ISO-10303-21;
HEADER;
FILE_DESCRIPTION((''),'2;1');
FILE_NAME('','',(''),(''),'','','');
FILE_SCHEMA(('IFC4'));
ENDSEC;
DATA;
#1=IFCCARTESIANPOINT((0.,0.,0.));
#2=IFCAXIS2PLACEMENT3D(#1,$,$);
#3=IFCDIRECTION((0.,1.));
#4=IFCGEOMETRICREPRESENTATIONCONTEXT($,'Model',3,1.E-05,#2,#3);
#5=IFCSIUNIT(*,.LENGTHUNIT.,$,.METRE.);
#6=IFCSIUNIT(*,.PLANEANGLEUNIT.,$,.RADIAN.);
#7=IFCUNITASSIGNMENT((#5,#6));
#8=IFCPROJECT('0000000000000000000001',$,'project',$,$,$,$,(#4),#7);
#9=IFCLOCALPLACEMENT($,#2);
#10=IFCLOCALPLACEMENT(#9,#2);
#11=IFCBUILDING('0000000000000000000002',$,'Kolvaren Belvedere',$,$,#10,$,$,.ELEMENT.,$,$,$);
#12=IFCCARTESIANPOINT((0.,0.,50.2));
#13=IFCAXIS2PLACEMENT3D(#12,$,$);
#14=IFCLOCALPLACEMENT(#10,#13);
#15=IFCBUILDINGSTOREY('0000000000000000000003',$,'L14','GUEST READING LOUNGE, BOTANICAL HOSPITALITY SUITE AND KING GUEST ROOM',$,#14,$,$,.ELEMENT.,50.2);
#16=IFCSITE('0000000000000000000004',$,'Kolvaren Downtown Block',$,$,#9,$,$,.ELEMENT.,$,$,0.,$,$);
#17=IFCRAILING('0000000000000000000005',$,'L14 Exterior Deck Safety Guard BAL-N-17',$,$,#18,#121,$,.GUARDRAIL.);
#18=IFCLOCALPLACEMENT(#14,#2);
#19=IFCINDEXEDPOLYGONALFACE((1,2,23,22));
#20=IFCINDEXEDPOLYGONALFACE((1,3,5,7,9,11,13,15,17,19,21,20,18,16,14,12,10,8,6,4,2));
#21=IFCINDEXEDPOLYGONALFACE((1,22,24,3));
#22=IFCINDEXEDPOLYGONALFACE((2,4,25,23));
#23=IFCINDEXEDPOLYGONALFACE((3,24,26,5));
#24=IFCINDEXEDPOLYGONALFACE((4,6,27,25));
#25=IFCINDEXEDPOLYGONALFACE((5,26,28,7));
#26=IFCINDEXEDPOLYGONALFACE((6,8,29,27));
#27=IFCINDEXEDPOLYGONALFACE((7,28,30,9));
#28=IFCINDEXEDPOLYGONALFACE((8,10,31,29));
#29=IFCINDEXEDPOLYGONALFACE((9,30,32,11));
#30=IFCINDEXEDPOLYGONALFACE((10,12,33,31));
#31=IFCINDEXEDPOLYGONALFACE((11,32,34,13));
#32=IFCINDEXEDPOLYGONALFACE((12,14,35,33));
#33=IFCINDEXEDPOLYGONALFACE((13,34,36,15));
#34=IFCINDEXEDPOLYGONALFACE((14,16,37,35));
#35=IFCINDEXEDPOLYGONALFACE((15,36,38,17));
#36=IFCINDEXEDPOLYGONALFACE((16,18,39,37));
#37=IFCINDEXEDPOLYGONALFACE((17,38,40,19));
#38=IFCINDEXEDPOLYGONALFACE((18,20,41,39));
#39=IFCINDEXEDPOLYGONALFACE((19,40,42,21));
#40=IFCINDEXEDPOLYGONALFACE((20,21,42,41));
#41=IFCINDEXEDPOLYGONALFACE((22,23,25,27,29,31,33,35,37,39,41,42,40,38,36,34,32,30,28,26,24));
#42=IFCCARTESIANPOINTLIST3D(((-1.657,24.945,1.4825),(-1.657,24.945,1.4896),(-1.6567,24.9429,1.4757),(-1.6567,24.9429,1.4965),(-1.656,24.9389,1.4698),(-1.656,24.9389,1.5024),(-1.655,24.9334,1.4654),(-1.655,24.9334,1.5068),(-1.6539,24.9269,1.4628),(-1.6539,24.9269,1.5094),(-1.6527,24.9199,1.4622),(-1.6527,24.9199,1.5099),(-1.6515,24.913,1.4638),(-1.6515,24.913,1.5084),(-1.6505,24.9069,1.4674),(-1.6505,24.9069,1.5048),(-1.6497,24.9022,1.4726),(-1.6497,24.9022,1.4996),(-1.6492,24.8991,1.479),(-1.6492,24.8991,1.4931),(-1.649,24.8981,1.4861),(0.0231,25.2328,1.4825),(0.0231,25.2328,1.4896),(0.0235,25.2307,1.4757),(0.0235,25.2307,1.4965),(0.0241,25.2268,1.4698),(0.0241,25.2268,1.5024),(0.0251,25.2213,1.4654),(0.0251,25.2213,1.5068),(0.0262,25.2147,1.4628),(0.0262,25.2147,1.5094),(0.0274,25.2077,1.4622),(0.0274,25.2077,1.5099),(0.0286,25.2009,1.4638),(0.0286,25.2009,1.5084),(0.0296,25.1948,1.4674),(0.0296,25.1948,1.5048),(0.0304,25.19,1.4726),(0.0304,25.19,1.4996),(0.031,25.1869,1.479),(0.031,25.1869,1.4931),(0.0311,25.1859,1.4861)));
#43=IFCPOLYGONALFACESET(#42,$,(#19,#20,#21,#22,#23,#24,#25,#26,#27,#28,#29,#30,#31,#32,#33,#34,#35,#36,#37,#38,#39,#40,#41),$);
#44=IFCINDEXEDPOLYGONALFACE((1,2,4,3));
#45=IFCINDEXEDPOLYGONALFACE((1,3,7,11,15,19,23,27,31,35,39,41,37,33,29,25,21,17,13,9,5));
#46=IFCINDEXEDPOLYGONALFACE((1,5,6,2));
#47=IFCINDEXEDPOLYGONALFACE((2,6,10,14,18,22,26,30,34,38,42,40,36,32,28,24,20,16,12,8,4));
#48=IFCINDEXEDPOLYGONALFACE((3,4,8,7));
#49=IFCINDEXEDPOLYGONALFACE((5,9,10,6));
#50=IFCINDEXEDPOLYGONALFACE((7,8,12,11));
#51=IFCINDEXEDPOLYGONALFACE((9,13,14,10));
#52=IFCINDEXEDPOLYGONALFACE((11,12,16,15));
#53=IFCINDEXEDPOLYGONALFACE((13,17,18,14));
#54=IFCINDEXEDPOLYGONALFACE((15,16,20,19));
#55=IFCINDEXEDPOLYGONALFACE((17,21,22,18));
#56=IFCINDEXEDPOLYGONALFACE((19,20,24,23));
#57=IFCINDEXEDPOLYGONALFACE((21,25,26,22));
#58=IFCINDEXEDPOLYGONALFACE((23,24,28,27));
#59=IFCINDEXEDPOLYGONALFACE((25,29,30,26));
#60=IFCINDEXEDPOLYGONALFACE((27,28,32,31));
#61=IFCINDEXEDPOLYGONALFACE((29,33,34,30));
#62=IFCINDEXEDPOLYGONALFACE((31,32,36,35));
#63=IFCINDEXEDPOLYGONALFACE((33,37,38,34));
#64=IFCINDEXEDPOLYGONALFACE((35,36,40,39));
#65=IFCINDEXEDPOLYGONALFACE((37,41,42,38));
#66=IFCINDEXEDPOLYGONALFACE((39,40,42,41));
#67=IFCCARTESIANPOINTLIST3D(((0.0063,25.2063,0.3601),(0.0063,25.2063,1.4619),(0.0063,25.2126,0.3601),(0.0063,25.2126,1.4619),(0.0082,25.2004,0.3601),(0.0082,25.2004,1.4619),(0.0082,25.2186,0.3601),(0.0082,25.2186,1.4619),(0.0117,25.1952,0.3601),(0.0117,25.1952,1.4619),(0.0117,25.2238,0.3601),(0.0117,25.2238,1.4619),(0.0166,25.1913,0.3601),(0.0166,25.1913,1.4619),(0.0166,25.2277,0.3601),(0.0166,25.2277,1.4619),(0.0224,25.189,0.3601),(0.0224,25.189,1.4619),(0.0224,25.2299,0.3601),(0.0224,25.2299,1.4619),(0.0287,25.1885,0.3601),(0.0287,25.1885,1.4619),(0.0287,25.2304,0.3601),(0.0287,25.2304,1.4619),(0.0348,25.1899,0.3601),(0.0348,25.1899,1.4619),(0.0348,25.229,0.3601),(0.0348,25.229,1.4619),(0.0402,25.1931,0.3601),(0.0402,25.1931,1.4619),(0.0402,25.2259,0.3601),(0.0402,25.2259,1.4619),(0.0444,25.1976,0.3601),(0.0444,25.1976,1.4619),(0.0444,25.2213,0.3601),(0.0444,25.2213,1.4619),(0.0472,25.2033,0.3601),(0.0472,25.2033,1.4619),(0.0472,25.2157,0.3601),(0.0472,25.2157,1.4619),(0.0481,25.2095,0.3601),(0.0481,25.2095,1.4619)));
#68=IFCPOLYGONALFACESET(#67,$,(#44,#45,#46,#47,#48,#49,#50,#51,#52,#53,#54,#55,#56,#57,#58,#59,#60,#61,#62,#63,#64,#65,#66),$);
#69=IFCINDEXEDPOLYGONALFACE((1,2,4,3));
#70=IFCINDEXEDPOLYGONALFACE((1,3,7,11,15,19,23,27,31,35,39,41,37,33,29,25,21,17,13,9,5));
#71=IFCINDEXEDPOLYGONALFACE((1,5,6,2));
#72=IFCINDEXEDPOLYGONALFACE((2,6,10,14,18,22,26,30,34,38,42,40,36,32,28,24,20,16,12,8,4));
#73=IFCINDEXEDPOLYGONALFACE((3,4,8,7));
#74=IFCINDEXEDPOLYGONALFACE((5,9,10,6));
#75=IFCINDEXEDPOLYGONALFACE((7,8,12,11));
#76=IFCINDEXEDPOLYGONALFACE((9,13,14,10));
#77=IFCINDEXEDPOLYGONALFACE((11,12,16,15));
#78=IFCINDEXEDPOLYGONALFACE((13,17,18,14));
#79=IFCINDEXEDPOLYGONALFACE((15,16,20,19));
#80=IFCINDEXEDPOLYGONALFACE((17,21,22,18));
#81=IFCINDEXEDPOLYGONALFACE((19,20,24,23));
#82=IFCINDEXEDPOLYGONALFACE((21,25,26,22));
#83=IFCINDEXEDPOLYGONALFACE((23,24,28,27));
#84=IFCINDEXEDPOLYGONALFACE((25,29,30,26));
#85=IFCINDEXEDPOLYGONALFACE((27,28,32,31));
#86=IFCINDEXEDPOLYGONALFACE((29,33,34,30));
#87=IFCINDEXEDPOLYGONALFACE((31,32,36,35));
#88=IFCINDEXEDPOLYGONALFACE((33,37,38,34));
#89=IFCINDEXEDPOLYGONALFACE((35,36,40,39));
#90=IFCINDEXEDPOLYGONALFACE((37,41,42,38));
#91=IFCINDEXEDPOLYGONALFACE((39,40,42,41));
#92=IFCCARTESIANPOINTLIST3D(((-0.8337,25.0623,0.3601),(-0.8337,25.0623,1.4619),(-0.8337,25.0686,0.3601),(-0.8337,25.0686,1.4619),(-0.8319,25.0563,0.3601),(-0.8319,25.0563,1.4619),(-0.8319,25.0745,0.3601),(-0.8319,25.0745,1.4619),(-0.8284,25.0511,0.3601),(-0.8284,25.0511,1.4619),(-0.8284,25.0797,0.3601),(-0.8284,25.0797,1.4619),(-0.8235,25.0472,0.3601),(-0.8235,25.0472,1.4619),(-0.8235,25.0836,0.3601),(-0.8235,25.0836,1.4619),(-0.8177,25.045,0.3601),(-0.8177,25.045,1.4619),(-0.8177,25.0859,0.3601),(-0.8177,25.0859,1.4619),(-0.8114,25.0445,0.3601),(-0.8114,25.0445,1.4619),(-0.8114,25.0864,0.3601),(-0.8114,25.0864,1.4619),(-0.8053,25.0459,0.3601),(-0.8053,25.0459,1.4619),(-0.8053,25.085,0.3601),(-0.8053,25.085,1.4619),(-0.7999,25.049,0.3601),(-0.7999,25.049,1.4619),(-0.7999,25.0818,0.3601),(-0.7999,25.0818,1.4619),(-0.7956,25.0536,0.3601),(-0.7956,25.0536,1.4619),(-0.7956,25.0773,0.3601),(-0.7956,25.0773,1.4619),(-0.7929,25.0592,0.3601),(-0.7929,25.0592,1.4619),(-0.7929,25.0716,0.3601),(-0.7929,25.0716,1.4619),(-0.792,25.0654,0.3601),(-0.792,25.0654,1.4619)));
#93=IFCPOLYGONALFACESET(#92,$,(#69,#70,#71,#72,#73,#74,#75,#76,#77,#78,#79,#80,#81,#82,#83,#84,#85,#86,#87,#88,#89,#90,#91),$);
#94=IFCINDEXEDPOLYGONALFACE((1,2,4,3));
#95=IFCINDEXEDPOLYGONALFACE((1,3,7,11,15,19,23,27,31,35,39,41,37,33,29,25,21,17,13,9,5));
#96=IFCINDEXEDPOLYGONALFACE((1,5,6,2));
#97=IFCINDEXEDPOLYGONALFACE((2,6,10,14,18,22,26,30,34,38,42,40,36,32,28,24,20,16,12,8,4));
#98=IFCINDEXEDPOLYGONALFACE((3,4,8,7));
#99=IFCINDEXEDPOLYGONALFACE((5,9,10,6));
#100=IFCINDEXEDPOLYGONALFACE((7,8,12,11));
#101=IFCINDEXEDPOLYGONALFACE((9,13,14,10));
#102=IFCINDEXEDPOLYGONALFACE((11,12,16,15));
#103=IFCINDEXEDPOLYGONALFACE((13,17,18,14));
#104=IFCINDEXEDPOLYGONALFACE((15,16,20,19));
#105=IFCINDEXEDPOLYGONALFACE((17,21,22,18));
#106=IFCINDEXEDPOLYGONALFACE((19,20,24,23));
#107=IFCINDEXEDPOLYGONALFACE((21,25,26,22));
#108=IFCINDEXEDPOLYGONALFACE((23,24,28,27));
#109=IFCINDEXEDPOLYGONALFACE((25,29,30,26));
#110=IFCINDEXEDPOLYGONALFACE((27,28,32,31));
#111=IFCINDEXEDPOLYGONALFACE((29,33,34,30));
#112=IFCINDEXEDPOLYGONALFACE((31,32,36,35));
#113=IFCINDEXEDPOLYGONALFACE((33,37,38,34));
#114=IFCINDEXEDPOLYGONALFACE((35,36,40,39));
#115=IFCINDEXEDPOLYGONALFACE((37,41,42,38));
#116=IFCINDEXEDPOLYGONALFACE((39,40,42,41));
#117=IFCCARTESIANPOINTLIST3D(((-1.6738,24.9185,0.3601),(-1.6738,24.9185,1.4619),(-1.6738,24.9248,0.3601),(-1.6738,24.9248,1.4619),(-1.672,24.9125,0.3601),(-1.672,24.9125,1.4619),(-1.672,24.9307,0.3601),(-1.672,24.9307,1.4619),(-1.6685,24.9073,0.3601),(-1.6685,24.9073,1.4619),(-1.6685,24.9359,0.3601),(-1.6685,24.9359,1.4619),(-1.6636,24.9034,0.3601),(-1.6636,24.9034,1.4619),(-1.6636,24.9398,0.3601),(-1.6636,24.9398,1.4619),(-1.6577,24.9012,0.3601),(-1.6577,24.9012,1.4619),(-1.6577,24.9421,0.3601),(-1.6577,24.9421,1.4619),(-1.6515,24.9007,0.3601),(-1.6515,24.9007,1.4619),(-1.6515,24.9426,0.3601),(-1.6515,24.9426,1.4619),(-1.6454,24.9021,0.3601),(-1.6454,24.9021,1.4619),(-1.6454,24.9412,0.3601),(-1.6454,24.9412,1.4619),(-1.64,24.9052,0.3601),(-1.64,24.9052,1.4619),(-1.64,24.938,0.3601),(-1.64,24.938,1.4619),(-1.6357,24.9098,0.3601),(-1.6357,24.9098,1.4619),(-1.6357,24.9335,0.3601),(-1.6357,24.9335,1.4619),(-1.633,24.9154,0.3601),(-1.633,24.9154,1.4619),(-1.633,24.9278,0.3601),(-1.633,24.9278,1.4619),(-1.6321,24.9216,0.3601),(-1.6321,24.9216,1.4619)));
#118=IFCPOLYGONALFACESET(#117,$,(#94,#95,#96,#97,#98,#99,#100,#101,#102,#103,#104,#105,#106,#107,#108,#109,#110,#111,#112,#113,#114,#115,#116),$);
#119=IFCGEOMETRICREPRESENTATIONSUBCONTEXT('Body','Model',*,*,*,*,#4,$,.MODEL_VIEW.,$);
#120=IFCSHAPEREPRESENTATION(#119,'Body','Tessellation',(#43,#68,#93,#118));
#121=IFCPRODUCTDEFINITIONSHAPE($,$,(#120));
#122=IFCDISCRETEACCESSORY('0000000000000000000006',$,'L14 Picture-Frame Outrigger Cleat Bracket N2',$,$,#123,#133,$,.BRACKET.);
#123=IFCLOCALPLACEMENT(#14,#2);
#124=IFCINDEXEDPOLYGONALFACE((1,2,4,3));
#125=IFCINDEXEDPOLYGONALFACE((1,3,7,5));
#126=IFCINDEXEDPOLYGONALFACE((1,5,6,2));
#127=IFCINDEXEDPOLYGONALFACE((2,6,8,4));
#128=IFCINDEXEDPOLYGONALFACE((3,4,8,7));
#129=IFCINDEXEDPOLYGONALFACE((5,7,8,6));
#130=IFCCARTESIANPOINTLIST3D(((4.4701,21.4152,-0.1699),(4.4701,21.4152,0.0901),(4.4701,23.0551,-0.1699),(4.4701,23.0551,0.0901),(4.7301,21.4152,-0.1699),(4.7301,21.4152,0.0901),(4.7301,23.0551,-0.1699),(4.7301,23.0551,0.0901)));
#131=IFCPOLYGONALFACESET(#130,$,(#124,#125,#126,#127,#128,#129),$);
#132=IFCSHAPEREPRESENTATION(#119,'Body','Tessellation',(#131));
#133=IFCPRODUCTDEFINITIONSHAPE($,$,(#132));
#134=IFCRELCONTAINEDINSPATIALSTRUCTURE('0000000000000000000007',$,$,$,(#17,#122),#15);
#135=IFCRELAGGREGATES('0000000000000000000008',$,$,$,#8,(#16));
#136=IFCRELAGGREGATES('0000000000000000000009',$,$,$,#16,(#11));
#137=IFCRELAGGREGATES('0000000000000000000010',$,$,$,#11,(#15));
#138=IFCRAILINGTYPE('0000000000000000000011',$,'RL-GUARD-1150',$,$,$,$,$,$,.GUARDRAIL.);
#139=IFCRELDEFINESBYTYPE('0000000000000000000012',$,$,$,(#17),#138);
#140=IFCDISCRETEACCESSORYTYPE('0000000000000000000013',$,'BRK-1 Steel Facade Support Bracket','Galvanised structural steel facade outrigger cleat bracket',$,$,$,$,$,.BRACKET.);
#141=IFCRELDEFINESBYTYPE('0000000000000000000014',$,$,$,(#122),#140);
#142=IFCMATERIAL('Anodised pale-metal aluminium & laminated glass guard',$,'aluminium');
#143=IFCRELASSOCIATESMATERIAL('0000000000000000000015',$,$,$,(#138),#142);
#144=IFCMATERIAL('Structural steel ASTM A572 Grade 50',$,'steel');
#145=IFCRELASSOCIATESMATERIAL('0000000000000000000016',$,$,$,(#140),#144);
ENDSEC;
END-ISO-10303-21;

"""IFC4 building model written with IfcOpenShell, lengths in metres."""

from ifc_helpers import new_model, si_unit, direction, frame, origin, origin_2d, place, context, subcontext, project, spatial, rectangle, circle, extrude, material, type_object, element, save


model = new_model("IFC4")

# Units and contexts
model_context = context("Model", 3, precision=1e-05, world=origin(), true_north=direction((0.0, 1.0)))
body_context = subcontext(model_context, "Body", "Model", "MODEL_VIEW")
ifc_project = project(units=[si_unit("LENGTHUNIT", "METRE"), si_unit("PLANEANGLEUNIT", "RADIAN")], contexts=[model_context])

# Site, building, storey
site_placement = place(None, origin())
site = spatial("IfcSite", under=ifc_project, at=site_placement, Name="Kolvaren Downtown Block", CompositionType="ELEMENT", RefElevation=0.0)
building_placement = place(site_placement, origin())
building = spatial("IfcBuilding", under=site, at=building_placement, Name="Kolvaren Belvedere", CompositionType="ELEMENT")
storey_placement = place(building_placement, frame((0.0, 0.0, 50.2)))
storey = spatial("IfcBuildingStorey", under=building, at=storey_placement, Name="L14", Description="GUEST READING LOUNGE, BOTANICAL HOSPITALITY SUITE AND KING GUEST ROOM", CompositionType="ELEMENT", Elevation=50.2)

# Railing
ifc_material_1 = material(Name="Anodised pale-metal aluminium & laminated glass guard", Category="aluminium")
railing_type = type_object("IfcRailingType", Name="RL-GUARD-1150", PredefinedType="GUARDRAIL", material=ifc_material_1)
railing_1_placement = place(storey_placement, frame((0.0271, 25.2095, 0.3601)))
element("IfcRailing", 1, at=railing_1_placement, inside=storey, type_object=railing_type, Name="L14 Exterior Deck Safety Guard BAL-N-17", PredefinedType="GUARDRAIL", context=body_context, shape_type="SweptSolid", body=[
    extrude(circle(Radius=0.0239, at=origin_2d()), frame((0.0, 0.0, 1.126), z_axis=(-0.985641, -0.168856, 0.0), x_axis=(0.168856, -0.985641, 0.0)), (0.0, 0.0, 1.0), 1.7046),
    extrude(circle(Radius=0.021, at=origin_2d()), origin(), (0.0, 0.0, 1.0), 1.1018),
    extrude(circle(Radius=0.021, at=origin_2d()), frame((-0.8401, -0.144, 0.0)), (0.0, 0.0, 1.0), 1.1018),
    extrude(circle(Radius=0.021, at=origin_2d()), frame((-1.6802, -0.2878, 0.0)), (0.0, 0.0, 1.0), 1.1018),
])

# Discrete accessory
ifc_material_2 = material(Name="Structural steel ASTM A572 Grade 50", Category="steel")
discrete_accessory_type = type_object("IfcDiscreteAccessoryType", Name="BRK-1 Steel Facade Support Bracket", Description="Galvanised structural steel facade outrigger cleat bracket", PredefinedType="BRACKET", material=ifc_material_2)
discrete_accessory_placement = place(storey_placement, frame((4.6001, 22.2351, -0.1699), z_axis=(0.0, 0.0, 1.0), x_axis=(0.0, 1.0, 0.0)))
element("IfcDiscreteAccessory", 2, at=discrete_accessory_placement, inside=storey, type_object=discrete_accessory_type, Name="L14 Picture-Frame Outrigger Cleat Bracket N2", PredefinedType="BRACKET", context=body_context, shape_type="SweptSolid", body=[
    extrude(rectangle(XDim=1.6399, YDim=0.26, at=origin_2d()), origin(), (0.0, 0.0, 1.0), 0.26),
])

save(model, "model.ifc")
